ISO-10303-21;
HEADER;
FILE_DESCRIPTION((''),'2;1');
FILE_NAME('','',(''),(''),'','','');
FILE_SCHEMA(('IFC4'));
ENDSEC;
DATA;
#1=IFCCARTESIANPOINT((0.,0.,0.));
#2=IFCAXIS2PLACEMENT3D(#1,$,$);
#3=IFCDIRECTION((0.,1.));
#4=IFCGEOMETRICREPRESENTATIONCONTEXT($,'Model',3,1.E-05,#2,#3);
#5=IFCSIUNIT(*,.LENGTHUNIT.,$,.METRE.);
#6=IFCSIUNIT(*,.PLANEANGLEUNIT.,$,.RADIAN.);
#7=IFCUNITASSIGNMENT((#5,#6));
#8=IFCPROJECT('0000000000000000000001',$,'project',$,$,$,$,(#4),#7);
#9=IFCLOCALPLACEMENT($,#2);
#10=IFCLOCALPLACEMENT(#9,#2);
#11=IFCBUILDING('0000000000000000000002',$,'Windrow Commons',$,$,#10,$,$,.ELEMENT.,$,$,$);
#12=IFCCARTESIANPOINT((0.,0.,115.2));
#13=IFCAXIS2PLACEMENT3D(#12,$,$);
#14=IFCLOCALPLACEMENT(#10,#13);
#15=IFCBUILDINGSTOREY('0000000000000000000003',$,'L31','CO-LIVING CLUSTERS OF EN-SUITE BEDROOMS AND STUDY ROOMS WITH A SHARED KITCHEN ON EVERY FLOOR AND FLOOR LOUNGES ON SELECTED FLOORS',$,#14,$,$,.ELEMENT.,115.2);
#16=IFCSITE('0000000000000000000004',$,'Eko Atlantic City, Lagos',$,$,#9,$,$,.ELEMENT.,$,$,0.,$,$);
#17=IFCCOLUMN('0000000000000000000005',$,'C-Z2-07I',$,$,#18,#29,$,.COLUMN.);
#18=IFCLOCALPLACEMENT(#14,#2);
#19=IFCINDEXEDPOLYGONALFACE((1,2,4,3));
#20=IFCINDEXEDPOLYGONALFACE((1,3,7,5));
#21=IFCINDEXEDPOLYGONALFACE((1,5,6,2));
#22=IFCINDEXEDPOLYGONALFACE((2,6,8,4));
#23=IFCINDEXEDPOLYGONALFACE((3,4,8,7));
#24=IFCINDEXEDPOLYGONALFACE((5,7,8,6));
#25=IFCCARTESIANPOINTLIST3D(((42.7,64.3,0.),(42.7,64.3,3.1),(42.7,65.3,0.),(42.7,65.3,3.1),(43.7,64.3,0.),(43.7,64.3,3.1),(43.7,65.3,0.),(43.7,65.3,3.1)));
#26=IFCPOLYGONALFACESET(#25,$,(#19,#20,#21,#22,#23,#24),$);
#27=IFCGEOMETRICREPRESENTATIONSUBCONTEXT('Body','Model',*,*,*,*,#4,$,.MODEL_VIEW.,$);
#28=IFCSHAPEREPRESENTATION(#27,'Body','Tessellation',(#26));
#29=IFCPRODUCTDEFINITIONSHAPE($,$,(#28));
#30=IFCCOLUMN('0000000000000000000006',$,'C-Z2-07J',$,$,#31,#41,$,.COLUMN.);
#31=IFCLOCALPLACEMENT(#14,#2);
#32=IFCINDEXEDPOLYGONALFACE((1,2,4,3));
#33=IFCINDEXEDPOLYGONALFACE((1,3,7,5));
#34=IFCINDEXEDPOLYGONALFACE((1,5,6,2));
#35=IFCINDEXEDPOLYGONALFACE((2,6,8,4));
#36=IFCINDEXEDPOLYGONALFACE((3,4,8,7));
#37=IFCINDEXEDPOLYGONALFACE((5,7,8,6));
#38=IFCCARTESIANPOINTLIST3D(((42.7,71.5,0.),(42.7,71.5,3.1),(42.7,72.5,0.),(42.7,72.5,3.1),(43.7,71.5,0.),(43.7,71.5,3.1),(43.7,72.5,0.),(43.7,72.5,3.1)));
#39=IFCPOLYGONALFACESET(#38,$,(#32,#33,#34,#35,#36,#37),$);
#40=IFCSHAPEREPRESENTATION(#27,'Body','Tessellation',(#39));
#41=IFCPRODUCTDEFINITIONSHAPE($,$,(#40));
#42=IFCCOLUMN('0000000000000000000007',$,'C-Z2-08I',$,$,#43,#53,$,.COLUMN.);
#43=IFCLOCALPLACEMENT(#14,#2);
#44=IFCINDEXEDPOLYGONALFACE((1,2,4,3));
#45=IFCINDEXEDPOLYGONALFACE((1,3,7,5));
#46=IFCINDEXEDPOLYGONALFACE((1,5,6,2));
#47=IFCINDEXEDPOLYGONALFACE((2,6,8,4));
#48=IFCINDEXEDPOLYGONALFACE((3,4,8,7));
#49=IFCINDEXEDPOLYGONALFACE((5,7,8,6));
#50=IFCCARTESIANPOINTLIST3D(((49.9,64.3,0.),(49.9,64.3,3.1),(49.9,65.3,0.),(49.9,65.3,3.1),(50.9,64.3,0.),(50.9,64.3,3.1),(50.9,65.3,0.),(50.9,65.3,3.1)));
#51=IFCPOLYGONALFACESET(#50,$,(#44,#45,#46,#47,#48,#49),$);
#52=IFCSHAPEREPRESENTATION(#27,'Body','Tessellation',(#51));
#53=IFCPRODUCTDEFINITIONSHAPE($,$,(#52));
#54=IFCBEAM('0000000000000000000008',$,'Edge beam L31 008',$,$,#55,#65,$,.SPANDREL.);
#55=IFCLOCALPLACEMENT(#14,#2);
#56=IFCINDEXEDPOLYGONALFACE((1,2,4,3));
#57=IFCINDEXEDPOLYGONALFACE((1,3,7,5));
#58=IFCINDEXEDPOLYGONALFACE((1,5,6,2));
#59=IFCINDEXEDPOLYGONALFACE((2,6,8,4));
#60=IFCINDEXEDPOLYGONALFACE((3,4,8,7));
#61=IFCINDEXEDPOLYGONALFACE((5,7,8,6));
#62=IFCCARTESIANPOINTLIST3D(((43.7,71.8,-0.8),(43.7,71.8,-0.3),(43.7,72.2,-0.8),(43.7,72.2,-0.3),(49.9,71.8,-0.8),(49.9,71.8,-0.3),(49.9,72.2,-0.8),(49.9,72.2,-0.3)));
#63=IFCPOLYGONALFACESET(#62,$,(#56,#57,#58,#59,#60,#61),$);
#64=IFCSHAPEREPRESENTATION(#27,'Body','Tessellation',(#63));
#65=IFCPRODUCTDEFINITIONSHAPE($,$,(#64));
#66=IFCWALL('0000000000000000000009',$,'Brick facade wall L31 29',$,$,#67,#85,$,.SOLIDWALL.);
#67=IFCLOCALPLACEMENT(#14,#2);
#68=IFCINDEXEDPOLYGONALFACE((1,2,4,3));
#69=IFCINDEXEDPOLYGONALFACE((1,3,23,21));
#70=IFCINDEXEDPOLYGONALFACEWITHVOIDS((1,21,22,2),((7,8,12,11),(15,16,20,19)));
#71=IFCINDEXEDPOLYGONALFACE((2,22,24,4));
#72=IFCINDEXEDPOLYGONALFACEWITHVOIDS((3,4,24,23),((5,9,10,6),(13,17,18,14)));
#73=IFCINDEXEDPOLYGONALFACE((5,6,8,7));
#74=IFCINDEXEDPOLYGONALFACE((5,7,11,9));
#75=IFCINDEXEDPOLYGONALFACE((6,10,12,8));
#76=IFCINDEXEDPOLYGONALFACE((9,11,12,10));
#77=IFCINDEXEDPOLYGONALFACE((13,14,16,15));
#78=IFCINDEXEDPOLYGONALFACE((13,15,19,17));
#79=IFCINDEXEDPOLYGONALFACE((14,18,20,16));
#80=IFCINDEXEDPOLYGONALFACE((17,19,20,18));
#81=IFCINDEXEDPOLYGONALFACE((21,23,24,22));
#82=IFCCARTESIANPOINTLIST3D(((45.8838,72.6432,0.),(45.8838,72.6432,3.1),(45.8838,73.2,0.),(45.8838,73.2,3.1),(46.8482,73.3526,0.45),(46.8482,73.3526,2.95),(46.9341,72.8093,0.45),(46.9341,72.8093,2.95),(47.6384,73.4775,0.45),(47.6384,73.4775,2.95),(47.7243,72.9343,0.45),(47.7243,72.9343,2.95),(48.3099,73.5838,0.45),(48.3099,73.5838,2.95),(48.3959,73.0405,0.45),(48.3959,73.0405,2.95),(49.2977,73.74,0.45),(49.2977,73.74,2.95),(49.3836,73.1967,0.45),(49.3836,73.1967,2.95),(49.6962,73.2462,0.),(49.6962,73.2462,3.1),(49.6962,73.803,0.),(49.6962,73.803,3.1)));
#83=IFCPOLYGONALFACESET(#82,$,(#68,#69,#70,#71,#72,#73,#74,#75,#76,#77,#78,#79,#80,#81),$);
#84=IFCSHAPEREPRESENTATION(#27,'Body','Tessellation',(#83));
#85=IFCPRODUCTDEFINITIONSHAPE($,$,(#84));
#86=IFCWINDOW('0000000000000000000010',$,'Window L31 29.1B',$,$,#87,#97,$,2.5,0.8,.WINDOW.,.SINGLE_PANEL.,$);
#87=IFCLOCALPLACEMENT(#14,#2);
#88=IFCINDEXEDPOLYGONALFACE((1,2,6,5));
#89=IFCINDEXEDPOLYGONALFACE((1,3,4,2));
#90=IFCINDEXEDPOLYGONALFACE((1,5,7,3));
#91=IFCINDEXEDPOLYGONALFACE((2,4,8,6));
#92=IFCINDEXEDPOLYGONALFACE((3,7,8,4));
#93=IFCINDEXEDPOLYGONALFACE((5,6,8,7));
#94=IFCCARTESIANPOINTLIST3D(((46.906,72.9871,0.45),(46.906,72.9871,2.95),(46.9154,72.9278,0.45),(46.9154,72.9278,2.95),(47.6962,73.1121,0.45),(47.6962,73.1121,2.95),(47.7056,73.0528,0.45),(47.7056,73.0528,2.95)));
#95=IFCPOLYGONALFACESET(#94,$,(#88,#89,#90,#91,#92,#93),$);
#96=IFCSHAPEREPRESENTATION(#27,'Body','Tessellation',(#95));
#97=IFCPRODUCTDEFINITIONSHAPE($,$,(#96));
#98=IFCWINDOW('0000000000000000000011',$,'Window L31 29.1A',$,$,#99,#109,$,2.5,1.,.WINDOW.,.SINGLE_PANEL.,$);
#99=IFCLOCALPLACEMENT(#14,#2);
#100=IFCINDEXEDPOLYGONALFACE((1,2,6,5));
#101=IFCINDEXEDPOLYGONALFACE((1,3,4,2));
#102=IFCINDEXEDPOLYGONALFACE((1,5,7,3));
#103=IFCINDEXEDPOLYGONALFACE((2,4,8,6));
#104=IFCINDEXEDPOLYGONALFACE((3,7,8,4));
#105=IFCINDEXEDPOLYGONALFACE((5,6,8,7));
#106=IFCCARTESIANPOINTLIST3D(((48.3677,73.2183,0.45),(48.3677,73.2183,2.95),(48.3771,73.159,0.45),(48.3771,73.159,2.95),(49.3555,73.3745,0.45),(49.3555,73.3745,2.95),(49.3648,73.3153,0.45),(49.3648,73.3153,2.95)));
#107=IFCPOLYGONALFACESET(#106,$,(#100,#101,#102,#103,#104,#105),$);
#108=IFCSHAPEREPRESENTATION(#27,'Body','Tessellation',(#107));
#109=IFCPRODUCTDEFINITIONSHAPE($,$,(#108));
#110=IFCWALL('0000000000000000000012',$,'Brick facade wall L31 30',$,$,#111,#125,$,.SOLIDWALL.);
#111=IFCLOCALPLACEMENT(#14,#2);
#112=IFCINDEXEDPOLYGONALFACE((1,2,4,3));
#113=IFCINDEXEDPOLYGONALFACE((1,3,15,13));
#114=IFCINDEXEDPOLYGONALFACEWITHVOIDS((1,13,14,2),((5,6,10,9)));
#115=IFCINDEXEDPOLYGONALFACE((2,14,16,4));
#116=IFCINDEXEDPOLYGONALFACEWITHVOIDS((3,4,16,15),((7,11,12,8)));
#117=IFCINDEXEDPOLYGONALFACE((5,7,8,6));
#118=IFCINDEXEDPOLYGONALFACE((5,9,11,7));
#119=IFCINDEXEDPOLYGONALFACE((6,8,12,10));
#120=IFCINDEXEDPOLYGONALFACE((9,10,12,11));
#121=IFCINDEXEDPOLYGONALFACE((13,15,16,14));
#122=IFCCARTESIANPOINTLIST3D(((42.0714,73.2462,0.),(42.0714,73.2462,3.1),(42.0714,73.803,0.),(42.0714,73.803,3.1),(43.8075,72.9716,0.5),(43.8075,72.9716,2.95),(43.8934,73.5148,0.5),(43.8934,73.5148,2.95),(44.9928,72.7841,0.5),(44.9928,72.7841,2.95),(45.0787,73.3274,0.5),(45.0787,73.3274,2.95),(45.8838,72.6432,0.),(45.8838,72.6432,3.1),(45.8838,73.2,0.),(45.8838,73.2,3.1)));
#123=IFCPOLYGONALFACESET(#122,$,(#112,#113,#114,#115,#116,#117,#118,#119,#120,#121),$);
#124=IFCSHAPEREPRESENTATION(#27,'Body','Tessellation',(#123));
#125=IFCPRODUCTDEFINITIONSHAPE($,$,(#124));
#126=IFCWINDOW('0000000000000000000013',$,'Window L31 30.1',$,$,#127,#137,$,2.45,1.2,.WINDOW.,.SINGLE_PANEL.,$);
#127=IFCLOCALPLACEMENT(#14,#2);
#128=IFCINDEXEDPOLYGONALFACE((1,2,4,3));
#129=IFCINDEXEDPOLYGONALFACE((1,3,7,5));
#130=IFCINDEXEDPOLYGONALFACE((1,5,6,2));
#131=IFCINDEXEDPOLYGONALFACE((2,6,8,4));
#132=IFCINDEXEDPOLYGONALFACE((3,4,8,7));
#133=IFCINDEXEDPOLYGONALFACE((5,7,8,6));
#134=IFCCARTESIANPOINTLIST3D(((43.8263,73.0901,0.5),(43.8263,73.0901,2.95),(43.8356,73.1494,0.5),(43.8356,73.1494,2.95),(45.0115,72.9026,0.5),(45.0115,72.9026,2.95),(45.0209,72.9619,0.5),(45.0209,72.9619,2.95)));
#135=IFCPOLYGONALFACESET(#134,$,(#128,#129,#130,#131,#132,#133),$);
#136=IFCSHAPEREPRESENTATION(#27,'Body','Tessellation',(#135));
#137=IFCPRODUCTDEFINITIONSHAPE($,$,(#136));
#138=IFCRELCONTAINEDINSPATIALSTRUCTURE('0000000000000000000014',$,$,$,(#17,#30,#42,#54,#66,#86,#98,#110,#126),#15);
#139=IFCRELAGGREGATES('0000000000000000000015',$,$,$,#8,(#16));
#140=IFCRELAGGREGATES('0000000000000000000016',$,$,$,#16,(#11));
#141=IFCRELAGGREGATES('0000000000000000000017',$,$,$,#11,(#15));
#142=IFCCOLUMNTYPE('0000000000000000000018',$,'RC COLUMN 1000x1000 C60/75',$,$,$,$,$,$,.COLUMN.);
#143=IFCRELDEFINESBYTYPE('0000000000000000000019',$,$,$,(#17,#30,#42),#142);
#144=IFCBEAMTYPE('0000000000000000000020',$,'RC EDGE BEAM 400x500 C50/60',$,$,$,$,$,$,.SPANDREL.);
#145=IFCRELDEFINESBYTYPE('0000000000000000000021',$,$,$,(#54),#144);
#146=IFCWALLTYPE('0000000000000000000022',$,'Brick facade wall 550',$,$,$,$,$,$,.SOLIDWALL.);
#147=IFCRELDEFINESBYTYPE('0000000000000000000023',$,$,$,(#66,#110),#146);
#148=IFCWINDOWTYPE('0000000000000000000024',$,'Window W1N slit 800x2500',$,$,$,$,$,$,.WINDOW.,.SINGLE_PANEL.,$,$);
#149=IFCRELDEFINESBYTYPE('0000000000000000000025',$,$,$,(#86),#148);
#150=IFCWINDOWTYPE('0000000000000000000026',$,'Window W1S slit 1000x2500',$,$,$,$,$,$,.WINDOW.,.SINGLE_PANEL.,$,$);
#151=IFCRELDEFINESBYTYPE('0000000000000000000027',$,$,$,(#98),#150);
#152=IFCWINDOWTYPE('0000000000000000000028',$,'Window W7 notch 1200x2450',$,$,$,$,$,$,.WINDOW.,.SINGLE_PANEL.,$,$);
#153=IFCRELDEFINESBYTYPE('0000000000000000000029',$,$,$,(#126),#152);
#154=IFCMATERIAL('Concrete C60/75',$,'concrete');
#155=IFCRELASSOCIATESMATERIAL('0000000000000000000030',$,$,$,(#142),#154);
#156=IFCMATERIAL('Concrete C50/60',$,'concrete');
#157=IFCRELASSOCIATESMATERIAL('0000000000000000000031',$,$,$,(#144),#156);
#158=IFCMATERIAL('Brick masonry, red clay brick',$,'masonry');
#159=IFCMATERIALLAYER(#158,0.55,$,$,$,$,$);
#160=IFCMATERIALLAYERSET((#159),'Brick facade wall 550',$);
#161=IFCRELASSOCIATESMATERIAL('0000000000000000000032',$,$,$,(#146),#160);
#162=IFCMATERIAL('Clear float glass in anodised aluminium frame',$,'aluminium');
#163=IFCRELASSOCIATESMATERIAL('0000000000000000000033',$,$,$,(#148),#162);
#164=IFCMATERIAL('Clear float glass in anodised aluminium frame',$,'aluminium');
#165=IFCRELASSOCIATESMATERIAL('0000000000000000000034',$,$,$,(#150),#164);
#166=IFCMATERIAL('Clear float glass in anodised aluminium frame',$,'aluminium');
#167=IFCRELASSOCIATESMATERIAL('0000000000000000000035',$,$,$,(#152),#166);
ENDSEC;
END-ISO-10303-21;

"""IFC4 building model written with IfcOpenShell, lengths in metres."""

from ifc_helpers import new_model, si_unit, direction, frame, frame_2d, origin, origin_2d, place, context, subcontext, project, spatial, polyline, rectangle, outline, extrude, material, layer, layer_set, material_profile, profile_set, type_object, element, fill, save


model = new_model("IFC4")

# Units and contexts
model_context = context("Model", 3, precision=1e-05, world=origin(), true_north=direction((0.0, 1.0)))
body_context = subcontext(model_context, "Body", "Model", "MODEL_VIEW")
ifc_project = project(units=[si_unit("LENGTHUNIT", "METRE"), si_unit("PLANEANGLEUNIT", "RADIAN")], contexts=[model_context])

# Site, building, storey
site_placement = place(None, origin())
site = spatial("IfcSite", under=ifc_project, at=site_placement, Name="Eko Atlantic City, Lagos", CompositionType="ELEMENT", RefElevation=0.0)
building_placement = place(site_placement, origin())
building = spatial("IfcBuilding", under=site, at=building_placement, Name="Windrow Commons", CompositionType="ELEMENT")
storey_placement = place(building_placement, frame((0.0, 0.0, 115.2)))
storey = spatial("IfcBuildingStorey", under=building, at=storey_placement, Name="L31", Description="CO-LIVING CLUSTERS OF EN-SUITE BEDROOMS AND STUDY ROOMS WITH A SHARED KITCHEN ON EVERY FLOOR AND FLOOR LOUNGES ON SELECTED FLOORS", CompositionType="ELEMENT", Elevation=115.2)

# Columns
ifc_material_1 = material(Name="Concrete C60/75", Category="concrete")
ifc_material_profile_1 = material_profile(ifc_material_1, rectangle(XDim=1.0, YDim=1.0, at=origin_2d()))
ifc_profile_set_1 = profile_set([ifc_material_profile_1], Name="Concrete C60/75")
column_type = type_object("IfcColumnType", Name="RC COLUMN 1000x1000 C60/75", PredefinedType="COLUMN", material=ifc_profile_set_1)
for number, where, z_axis, x_axis, name in (
    (1, (43.2, 64.8, 0.0), (0.0, 0.0, 1.0), (1.0, 0.0, 0.0), "C-Z2-07I"),
    (2, (43.2, 72.0, 0.0), (0.0, 0.0, 1.0), (1.0, 0.0, 0.0), "C-Z2-07J"),
    (3, (50.4, 64.8, 0.0), (0.0, 0.0, 1.0), (1.0, 0.0, 0.0), "C-Z2-08I"),
):
    element("IfcColumn", number, at=place(storey_placement, frame(where, z_axis=z_axis, x_axis=x_axis)), inside=storey, type_object=column_type, Name=name, PredefinedType="COLUMN", context=body_context, shape_type="SweptSolid", body=[
        extrude(rectangle(XDim=1.0, YDim=1.0, at=origin_2d()), origin(), (0.0, 0.0, 1.0), 3.1),
    ])

# Beam
ifc_material_2 = material(Name="Concrete C50/60", Category="concrete")
ifc_material_profile_2 = material_profile(ifc_material_2, rectangle(XDim=0.4, YDim=0.5, at=origin_2d()))
ifc_profile_set_2 = profile_set([ifc_material_profile_2], Name="Concrete C50/60")
beam_type = type_object("IfcBeamType", Name="RC EDGE BEAM 400x500 C50/60", PredefinedType="SPANDREL", material=ifc_profile_set_2)
beam_placement = place(storey_placement, frame((43.7, 72.0, -0.55), z_axis=(1.0, 0.0, 0.0), x_axis=(0.0, 1.0, 0.0)))
element("IfcBeam", 4, at=beam_placement, inside=storey, type_object=beam_type, Name="Edge beam L31 008", PredefinedType="SPANDREL", context=body_context, shape_type="SweptSolid", body=[
    extrude(rectangle(XDim=0.4, YDim=0.5, at=origin_2d()), origin(), (0.0, 0.0, 1.0), 6.2),
])

# Wall, openings, windows
ifc_material_3 = material(Name="Brick masonry, red clay brick", Category="masonry")
ifc_layer_1 = layer(ifc_material_3, 0.55)
ifc_layer_set_1 = layer_set([ifc_layer_1], Name="Brick facade wall 550")
wall_type_1 = type_object("IfcWallType", Name="Brick facade wall 550", PredefinedType="SOLIDWALL", material=ifc_layer_set_1)
wall_1_placement = place(storey_placement, frame((49.6962, 73.5246, 0.0), z_axis=(0.0, 0.0, 1.0), x_axis=(-0.987721, -0.156226, 0.0)))
wall_1 = element("IfcWall", 5, at=wall_1_placement, inside=storey, type_object=wall_type_1, Name="Brick facade wall L31 29", PredefinedType="SOLIDWALL", context=body_context, shape_type="SweptSolid", body=[
    extrude(outline(polyline([(-0.0435, -0.275), (3.8163, -0.275), (3.9033, 0.275), (0.0435, 0.275), (-0.0435, -0.275)])), origin(), (0.0, 0.0, 1.0), 3.1),
])
opening_1_placement = place(wall_1_placement, frame((0.36, 0.0, 0.45)))
opening_1 = element("IfcOpeningElement", 6, at=opening_1_placement, cuts=wall_1, PredefinedType="OPENING", context=body_context, shape_type="SweptSolid", body=[
    extrude(rectangle(XDim=1.0, YDim=2.5, at=frame_2d((0.5, 1.25))), frame((0.0, 0.285, 0.0), z_axis=(0.0, -1.0, 0.0), x_axis=(1.0, 0.0, 0.0)), (0.0, 0.0, 1.0), 0.57),
])
opening_2_placement = place(wall_1_placement, frame((2.0399, 0.0, 0.45)))
opening_2 = element("IfcOpeningElement", 7, at=opening_2_placement, cuts=wall_1, PredefinedType="OPENING", context=body_context, shape_type="SweptSolid", body=[
    extrude(rectangle(XDim=0.8, YDim=2.5, at=frame_2d((0.4, 1.25))), frame((0.0, 0.285, 0.0), z_axis=(0.0, -1.0, 0.0), x_axis=(1.0, 0.0, 0.0)), (0.0, 0.0, 1.0), 0.57),
])
ifc_material_4 = material(Name="Clear float glass in anodised aluminium frame", Category="aluminium")
window_type_1 = type_object("IfcWindowType", Name="Window W1N slit 800x2500", PartitioningType="SINGLE_PANEL", PredefinedType="WINDOW", material=ifc_material_4)
window_1_placement = place(opening_2_placement, origin())
window_1 = element("IfcWindow", 8, at=window_1_placement, inside=storey, type_object=window_type_1, Name="Window L31 29.1B", OverallHeight=2.5, OverallWidth=0.8, PartitioningType="SINGLE_PANEL", PredefinedType="WINDOW", context=body_context, shape_type="SweptSolid", body=[
    extrude(rectangle(XDim=0.8, YDim=2.5, at=frame_2d((0.4, 1.25))), frame((0.0, 0.155, 0.0), z_axis=(0.0, -1.0, 0.0), x_axis=(1.0, 0.0, 0.0)), (0.0, 0.0, 1.0), 0.06),
])
fill(opening_2, window_1)
ifc_material_5 = material(Name="Clear float glass in anodised aluminium frame", Category="aluminium")
window_type_2 = type_object("IfcWindowType", Name="Window W1S slit 1000x2500", PartitioningType="SINGLE_PANEL", PredefinedType="WINDOW", material=ifc_material_5)
window_2_placement = place(opening_1_placement, origin())
window_2 = element("IfcWindow", 9, at=window_2_placement, inside=storey, type_object=window_type_2, Name="Window L31 29.1A", OverallHeight=2.5, OverallWidth=1.0, PartitioningType="SINGLE_PANEL", PredefinedType="WINDOW", context=body_context, shape_type="SweptSolid", body=[
    extrude(rectangle(XDim=1.0, YDim=2.5, at=frame_2d((0.5, 1.25))), frame((0.0, 0.155, 0.0), z_axis=(0.0, -1.0, 0.0), x_axis=(1.0, 0.0, 0.0)), (0.0, 0.0, 1.0), 0.06),
])
fill(opening_1, window_2)

# Wall, opening, window
wall_2_placement = place(storey_placement, frame((45.8838, 72.9216, 0.0), z_axis=(0.0, 0.0, 1.0), x_axis=(-0.987721, 0.156226, 0.0)))
wall_2 = element("IfcWall", 10, at=wall_2_placement, inside=storey, type_object=wall_type_1, Name="Brick facade wall L31 30", PredefinedType="SOLIDWALL", context=body_context, shape_type="SweptSolid", body=[
    extrude(outline(polyline([(0.0435, -0.275), (3.9033, -0.275), (3.8163, 0.275), (-0.0435, 0.275), (0.0435, -0.275)])), origin(), (0.0, 0.0, 1.0), 3.1),
])
opening_3_placement = place(wall_2_placement, frame((0.8586, 0.0, 0.5)))
opening_3 = element("IfcOpeningElement", 11, at=opening_3_placement, cuts=wall_2, PredefinedType="OPENING", context=body_context, shape_type="SweptSolid", body=[
    extrude(rectangle(XDim=1.2, YDim=2.45, at=frame_2d((0.6, 1.225))), frame((0.0, 0.285, 0.0), z_axis=(0.0, -1.0, 0.0), x_axis=(1.0, 0.0, 0.0)), (0.0, 0.0, 1.0), 0.57),
])
ifc_material_6 = material(Name="Clear float glass in anodised aluminium frame", Category="aluminium")
window_type_3 = type_object("IfcWindowType", Name="Window W7 notch 1200x2450", PartitioningType="SINGLE_PANEL", PredefinedType="WINDOW", material=ifc_material_6)
window_3_placement = place(opening_3_placement, origin())
window_3 = element("IfcWindow", 12, at=window_3_placement, inside=storey, type_object=window_type_3, Name="Window L31 30.1", OverallHeight=2.45, OverallWidth=1.2, PartitioningType="SINGLE_PANEL", PredefinedType="WINDOW", context=body_context, shape_type="SweptSolid", body=[
    extrude(rectangle(XDim=1.2, YDim=2.45, at=frame_2d((0.6, 1.225))), frame((0.0, 0.155, 0.0), z_axis=(0.0, -1.0, 0.0), x_axis=(1.0, 0.0, 0.0)), (0.0, 0.0, 1.0), 0.06),
])
fill(opening_3, window_3)

save(model, "model.ifc")
